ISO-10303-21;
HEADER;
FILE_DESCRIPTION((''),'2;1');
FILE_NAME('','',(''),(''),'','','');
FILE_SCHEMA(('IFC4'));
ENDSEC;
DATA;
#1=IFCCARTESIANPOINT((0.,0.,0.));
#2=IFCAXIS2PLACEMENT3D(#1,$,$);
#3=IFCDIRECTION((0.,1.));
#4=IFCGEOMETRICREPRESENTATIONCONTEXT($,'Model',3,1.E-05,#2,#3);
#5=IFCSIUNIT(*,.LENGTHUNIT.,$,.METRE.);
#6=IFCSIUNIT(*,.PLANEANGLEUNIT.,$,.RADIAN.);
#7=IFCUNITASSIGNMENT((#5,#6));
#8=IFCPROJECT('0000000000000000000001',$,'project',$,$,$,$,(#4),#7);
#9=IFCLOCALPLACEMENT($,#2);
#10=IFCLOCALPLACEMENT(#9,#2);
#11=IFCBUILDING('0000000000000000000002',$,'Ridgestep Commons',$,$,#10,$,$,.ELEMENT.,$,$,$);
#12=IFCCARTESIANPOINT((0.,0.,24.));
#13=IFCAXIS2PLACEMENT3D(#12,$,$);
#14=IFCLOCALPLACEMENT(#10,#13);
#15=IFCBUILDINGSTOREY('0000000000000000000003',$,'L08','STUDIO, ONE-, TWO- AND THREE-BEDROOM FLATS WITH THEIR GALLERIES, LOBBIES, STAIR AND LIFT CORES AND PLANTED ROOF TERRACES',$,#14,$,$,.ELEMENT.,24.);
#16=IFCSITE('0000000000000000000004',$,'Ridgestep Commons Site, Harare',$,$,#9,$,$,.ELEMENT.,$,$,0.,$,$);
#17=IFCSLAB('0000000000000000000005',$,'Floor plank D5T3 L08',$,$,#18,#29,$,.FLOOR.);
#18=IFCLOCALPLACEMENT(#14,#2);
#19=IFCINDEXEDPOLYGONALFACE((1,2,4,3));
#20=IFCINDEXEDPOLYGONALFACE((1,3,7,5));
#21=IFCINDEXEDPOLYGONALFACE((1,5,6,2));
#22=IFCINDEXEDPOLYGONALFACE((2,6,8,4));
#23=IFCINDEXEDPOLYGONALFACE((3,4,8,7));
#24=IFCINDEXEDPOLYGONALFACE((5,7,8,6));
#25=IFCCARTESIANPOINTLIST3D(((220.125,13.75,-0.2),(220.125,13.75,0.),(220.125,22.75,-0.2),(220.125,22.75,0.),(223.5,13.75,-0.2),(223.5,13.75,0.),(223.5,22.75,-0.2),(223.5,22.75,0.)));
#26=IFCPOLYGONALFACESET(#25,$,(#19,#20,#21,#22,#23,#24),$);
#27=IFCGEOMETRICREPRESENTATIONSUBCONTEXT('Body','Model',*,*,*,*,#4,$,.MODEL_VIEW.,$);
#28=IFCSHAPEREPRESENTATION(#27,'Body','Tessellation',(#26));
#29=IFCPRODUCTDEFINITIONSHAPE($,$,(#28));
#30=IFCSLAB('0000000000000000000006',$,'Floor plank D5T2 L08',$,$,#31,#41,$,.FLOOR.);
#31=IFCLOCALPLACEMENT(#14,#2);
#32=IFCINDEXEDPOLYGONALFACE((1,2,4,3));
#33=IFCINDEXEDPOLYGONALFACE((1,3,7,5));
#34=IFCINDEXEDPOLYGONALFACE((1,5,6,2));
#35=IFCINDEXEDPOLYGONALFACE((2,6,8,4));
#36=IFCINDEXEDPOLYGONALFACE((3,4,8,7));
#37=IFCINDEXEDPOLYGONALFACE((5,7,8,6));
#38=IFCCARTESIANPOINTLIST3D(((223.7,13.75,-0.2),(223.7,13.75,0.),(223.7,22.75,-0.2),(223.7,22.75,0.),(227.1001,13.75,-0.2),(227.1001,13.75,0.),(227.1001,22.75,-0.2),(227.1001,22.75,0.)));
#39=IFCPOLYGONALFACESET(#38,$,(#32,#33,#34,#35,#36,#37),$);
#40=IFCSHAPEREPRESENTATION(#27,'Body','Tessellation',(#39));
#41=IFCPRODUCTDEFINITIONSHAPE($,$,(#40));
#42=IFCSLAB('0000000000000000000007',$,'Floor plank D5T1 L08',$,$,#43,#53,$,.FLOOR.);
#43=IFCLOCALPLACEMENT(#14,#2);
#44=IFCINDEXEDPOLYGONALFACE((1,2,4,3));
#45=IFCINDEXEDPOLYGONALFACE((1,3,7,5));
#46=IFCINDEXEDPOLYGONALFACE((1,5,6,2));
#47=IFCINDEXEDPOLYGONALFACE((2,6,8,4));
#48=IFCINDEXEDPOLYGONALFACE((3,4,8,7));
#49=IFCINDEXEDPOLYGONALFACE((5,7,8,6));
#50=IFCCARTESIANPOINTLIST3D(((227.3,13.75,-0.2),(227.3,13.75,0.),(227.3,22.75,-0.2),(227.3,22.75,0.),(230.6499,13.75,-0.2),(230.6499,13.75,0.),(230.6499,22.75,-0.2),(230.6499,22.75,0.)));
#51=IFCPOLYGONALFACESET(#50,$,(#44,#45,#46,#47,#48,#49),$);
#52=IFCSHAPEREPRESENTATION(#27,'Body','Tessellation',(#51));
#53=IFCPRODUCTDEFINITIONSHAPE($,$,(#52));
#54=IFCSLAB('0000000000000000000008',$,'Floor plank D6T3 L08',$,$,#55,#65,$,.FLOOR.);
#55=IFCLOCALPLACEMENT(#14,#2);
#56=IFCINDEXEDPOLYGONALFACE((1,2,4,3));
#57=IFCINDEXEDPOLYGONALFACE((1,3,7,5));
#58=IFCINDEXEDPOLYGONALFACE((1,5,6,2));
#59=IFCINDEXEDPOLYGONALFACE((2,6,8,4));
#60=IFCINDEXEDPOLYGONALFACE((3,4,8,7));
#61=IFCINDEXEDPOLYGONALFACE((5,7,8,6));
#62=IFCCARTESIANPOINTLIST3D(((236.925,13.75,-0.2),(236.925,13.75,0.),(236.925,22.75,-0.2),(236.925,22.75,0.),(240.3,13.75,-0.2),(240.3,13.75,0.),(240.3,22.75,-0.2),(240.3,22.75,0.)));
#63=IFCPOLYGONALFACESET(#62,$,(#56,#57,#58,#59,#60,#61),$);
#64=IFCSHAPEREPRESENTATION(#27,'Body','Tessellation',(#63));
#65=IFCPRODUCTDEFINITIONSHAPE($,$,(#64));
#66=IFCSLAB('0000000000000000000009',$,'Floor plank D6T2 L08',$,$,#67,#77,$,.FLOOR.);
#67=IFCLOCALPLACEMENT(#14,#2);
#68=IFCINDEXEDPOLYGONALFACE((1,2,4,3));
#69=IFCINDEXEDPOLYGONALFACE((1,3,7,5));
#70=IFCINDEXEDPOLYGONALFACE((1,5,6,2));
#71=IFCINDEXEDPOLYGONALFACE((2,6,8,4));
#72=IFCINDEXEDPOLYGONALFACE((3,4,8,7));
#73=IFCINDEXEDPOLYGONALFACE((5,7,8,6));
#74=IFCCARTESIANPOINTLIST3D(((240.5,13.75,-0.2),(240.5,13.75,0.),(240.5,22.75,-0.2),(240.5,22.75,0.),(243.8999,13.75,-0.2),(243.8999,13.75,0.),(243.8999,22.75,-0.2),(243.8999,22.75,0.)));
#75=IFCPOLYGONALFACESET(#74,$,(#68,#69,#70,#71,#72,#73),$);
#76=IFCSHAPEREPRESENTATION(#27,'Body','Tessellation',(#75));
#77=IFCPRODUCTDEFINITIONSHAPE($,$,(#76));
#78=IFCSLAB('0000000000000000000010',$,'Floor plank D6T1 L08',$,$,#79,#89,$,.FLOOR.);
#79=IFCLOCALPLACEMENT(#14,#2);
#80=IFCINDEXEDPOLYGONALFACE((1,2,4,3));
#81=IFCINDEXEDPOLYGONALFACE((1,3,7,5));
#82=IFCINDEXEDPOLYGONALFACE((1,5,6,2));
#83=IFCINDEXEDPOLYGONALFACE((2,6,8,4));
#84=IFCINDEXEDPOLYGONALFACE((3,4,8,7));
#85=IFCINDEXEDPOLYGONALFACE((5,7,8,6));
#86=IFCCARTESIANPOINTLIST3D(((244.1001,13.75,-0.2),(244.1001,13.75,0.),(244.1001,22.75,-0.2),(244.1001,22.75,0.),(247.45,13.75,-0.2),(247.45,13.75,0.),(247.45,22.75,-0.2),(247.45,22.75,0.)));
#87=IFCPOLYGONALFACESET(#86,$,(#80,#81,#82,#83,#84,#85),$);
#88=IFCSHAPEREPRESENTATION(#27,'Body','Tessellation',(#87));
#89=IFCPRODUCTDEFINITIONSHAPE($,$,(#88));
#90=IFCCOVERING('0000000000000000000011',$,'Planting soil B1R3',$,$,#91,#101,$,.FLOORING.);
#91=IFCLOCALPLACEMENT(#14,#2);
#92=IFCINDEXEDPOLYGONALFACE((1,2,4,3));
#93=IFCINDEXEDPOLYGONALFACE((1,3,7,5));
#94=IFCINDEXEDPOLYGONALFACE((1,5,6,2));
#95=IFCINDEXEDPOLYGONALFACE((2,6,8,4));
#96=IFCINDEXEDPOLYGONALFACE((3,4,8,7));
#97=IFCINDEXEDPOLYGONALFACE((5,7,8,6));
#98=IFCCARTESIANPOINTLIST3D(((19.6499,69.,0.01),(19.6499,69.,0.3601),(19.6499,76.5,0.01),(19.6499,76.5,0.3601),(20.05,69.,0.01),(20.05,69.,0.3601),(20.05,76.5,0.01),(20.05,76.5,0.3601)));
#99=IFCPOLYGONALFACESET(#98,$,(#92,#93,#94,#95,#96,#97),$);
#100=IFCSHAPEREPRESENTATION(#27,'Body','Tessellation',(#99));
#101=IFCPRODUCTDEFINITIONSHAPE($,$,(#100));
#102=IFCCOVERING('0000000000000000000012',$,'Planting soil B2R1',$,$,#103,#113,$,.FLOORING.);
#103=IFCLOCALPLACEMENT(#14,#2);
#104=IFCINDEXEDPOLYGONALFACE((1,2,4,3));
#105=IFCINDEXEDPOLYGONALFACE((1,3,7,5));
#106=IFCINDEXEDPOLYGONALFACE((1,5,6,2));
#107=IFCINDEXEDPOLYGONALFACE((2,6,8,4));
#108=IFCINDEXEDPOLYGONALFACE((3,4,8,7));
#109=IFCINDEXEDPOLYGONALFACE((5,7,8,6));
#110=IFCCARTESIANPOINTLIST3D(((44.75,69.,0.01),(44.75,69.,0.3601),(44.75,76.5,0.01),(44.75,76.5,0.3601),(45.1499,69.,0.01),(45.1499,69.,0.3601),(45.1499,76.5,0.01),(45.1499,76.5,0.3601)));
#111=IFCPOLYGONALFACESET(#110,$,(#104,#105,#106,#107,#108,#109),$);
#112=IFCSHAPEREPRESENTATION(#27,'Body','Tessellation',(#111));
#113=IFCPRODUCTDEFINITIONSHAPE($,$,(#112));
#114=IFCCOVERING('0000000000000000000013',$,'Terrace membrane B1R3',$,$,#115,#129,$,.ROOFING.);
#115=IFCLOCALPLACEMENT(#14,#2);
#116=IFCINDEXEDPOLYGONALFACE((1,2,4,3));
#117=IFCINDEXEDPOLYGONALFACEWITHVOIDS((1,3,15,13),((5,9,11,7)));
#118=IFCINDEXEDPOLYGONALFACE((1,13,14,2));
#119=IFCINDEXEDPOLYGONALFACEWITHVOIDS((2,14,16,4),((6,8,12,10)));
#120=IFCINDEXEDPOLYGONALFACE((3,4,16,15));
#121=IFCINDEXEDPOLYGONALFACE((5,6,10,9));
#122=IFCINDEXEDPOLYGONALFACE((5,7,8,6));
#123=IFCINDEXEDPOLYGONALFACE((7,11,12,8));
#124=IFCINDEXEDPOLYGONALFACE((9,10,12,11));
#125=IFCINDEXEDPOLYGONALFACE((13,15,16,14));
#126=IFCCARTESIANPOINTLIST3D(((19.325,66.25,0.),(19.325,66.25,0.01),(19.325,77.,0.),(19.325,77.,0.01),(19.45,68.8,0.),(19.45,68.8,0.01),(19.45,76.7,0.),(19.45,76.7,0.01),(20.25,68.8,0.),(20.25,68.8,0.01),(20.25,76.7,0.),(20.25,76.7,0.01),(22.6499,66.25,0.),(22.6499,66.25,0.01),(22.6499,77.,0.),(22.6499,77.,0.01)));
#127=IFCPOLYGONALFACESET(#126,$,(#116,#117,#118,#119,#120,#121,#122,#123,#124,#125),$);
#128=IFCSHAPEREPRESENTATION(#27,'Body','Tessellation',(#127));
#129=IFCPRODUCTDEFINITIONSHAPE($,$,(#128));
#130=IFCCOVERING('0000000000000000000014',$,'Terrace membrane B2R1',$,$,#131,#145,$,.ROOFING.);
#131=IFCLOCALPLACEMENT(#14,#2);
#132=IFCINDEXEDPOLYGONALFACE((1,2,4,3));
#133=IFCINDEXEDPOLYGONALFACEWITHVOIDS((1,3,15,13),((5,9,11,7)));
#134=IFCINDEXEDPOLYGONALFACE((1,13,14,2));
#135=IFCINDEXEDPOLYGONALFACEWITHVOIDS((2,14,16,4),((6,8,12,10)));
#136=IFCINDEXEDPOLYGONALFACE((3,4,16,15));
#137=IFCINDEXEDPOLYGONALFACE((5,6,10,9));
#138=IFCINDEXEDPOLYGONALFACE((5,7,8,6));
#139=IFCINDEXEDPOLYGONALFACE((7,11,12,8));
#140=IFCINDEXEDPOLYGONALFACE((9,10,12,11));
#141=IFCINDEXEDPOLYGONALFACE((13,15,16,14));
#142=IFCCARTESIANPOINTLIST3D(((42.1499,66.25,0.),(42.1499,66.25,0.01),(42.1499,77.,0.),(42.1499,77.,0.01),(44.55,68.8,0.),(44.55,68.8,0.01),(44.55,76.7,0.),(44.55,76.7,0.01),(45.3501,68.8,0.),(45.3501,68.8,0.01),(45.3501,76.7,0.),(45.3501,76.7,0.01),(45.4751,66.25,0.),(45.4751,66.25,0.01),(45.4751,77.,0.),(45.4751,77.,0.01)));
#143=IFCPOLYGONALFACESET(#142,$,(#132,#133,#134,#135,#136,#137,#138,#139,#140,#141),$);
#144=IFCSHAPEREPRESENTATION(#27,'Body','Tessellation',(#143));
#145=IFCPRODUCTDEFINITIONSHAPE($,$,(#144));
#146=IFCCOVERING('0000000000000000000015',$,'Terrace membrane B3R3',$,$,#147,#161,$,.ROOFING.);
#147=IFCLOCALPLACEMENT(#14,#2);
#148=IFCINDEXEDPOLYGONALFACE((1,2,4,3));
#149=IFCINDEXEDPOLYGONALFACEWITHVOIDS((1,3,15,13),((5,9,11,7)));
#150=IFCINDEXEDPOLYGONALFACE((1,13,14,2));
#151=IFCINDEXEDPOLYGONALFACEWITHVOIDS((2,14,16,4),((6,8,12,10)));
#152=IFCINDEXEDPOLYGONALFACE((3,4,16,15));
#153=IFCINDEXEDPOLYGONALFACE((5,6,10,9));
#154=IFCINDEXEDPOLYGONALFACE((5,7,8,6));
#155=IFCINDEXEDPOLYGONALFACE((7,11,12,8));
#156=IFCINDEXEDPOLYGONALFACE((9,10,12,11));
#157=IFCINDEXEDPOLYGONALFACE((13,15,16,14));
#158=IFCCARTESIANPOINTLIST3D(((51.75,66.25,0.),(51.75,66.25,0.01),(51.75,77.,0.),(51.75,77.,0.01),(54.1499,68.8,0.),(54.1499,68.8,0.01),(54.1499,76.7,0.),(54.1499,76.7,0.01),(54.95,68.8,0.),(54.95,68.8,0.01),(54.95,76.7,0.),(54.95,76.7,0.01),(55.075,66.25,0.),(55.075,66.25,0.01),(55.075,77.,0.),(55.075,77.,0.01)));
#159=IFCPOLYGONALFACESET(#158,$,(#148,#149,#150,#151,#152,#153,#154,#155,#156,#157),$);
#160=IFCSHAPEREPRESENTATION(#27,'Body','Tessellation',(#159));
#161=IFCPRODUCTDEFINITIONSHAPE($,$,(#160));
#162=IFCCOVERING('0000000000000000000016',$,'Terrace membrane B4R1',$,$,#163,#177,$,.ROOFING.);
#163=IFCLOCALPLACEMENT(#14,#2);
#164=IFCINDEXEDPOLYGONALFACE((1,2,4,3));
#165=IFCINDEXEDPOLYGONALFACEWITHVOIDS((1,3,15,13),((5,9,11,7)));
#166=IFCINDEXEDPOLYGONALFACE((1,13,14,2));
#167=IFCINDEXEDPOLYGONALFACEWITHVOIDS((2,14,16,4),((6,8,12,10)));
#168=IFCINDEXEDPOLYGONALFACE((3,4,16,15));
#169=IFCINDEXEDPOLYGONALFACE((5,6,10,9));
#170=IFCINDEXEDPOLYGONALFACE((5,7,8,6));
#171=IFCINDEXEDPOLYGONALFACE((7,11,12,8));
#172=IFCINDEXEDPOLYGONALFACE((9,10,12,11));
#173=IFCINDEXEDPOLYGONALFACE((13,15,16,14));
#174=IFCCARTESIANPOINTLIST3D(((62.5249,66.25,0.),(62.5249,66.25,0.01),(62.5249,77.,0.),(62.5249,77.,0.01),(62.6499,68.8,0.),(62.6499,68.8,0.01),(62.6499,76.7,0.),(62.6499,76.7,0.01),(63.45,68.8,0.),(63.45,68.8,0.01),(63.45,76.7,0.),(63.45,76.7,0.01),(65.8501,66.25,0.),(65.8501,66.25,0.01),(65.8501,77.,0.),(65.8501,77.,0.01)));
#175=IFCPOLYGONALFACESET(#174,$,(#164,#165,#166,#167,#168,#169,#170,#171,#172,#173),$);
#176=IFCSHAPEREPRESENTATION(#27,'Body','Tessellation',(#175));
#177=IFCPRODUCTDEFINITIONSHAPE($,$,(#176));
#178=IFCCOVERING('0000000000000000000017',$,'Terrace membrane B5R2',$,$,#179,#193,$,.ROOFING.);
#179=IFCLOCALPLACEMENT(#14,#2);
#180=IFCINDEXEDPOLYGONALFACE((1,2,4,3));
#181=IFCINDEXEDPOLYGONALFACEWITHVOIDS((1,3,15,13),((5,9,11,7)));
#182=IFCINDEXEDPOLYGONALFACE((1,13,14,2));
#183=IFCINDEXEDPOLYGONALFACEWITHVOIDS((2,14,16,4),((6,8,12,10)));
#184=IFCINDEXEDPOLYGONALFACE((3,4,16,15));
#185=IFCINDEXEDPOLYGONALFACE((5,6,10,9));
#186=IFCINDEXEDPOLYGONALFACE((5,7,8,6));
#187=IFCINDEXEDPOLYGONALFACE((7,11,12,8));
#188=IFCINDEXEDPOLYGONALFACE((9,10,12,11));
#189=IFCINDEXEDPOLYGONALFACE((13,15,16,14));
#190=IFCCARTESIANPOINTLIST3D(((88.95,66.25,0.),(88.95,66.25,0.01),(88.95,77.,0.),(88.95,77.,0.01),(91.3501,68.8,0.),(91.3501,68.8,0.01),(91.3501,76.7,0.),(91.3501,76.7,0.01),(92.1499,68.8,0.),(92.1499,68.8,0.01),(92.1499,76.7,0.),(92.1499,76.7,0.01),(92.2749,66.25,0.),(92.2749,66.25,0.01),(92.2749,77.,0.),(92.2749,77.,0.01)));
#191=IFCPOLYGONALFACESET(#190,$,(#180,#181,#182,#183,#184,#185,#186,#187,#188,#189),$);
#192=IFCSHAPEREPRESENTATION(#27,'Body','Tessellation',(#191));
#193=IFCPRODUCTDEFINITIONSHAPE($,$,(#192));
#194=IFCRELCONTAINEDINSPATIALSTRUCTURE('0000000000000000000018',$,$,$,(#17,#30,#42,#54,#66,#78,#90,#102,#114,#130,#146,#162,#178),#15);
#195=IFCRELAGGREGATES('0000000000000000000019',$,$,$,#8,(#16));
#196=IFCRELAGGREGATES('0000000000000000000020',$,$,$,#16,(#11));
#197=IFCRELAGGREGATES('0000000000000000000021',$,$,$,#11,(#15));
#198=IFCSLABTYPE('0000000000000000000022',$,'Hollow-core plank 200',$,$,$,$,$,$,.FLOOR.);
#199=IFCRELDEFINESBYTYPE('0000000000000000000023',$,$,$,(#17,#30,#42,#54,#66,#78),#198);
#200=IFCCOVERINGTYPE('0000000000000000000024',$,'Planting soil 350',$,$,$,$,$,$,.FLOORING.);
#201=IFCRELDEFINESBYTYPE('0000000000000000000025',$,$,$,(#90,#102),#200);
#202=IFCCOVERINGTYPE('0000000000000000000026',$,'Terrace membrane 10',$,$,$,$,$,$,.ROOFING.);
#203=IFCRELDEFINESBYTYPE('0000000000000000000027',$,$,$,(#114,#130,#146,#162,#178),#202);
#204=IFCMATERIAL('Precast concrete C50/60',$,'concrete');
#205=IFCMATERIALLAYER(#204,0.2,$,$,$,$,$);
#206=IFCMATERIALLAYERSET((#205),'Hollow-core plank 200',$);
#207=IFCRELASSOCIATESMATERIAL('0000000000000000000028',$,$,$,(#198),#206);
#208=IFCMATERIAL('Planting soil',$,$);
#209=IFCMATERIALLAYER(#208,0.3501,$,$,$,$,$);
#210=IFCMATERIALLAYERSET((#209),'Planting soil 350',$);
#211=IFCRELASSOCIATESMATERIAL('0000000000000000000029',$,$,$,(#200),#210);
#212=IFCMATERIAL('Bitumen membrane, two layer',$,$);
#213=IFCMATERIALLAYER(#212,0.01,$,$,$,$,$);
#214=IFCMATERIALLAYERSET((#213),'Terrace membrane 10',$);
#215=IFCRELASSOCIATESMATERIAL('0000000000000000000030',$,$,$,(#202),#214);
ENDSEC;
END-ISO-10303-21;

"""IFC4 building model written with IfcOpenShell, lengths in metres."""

from ifc_helpers import new_model, si_unit, direction, frame, origin, place, context, subcontext, project, spatial, polyline, outline, extrude, material, layer, layer_set, type_object, element, save


model = new_model("IFC4")

# Units and contexts
model_context = context("Model", 3, precision=1e-05, world=origin(), true_north=direction((0.0, 1.0)))
body_context = subcontext(model_context, "Body", "Model", "MODEL_VIEW")
ifc_project = project(units=[si_unit("LENGTHUNIT", "METRE"), si_unit("PLANEANGLEUNIT", "RADIAN")], contexts=[model_context])

# Site, building, storey
site_placement = place(None, origin())
site = spatial("IfcSite", under=ifc_project, at=site_placement, Name="Ridgestep Commons Site, Harare", CompositionType="ELEMENT", RefElevation=0.0)
building_placement = place(site_placement, origin())
building = spatial("IfcBuilding", under=site, at=building_placement, Name="Ridgestep Commons", CompositionType="ELEMENT")
storey_placement = place(building_placement, frame((0.0, 0.0, 24.0)))
storey = spatial("IfcBuildingStorey", under=building, at=storey_placement, Name="L08", Description="STUDIO, ONE-, TWO- AND THREE-BEDROOM FLATS WITH THEIR GALLERIES, LOBBIES, STAIR AND LIFT CORES AND PLANTED ROOF TERRACES", CompositionType="ELEMENT", Elevation=24.0)

# Slabs
ifc_material_1 = material(Name="Precast concrete C50/60", Category="concrete")
ifc_layer_1 = layer(ifc_material_1, 0.2)
ifc_layer_set_1 = layer_set([ifc_layer_1], Name="Hollow-core plank 200")
slab_type_1 = type_object("IfcSlabType", Name="Hollow-core plank 200", PredefinedType="FLOOR", material=ifc_layer_set_1)
slab_1_placement = place(storey_placement, frame((0.0, 0.0, -0.2)))
element("IfcSlab", 1, at=slab_1_placement, inside=storey, type_object=slab_type_1, Name="Floor plank D5T3 L08", PredefinedType="FLOOR", context=body_context, shape_type="SweptSolid", body=[
    extrude(outline(polyline([(223.5, 13.75), (223.5, 22.75), (220.125, 22.75), (220.125, 13.75), (223.5, 13.75)])), origin(), (0.0, 0.0, 1.0), 0.2),
])
slab_2_placement = place(storey_placement, frame((0.0, 0.0, -0.2)))
element("IfcSlab", 2, at=slab_2_placement, inside=storey, type_object=slab_type_1, Name="Floor plank D5T2 L08", PredefinedType="FLOOR", context=body_context, shape_type="SweptSolid", body=[
    extrude(outline(polyline([(227.1001, 13.75), (227.1001, 22.75), (223.7, 22.75), (223.7, 13.75), (227.1001, 13.75)])), origin(), (0.0, 0.0, 1.0), 0.2),
])
slab_3_placement = place(storey_placement, frame((0.0, 0.0, -0.2)))
element("IfcSlab", 3, at=slab_3_placement, inside=storey, type_object=slab_type_1, Name="Floor plank D5T1 L08", PredefinedType="FLOOR", context=body_context, shape_type="SweptSolid", body=[
    extrude(outline(polyline([(230.6499, 13.75), (230.6499, 22.75), (227.3, 22.75), (227.3, 13.75), (230.6499, 13.75)])), origin(), (0.0, 0.0, 1.0), 0.2),
])
slab_4_placement = place(storey_placement, frame((0.0, 0.0, -0.2)))
element("IfcSlab", 4, at=slab_4_placement, inside=storey, type_object=slab_type_1, Name="Floor plank D6T3 L08", PredefinedType="FLOOR", context=body_context, shape_type="SweptSolid", body=[
    extrude(outline(polyline([(240.3, 13.75), (240.3, 22.75), (236.925, 22.75), (236.925, 13.75), (240.3, 13.75)])), origin(), (0.0, 0.0, 1.0), 0.2),
])
slab_5_placement = place(storey_placement, frame((0.0, 0.0, -0.2)))
element("IfcSlab", 5, at=slab_5_placement, inside=storey, type_object=slab_type_1, Name="Floor plank D6T2 L08", PredefinedType="FLOOR", context=body_context, shape_type="SweptSolid", body=[
    extrude(outline(polyline([(243.8999, 13.75), (243.8999, 22.75), (240.5, 22.75), (240.5, 13.75), (243.8999, 13.75)])), origin(), (0.0, 0.0, 1.0), 0.2),
])
slab_6_placement = place(storey_placement, frame((0.0, 0.0, -0.2)))
element("IfcSlab", 6, at=slab_6_placement, inside=storey, type_object=slab_type_1, Name="Floor plank D6T1 L08", PredefinedType="FLOOR", context=body_context, shape_type="SweptSolid", body=[
    extrude(outline(polyline([(247.45, 13.75), (247.45, 22.75), (244.1001, 22.75), (244.1001, 13.75), (247.45, 13.75)])), origin(), (0.0, 0.0, 1.0), 0.2),
])

# Coverings
ifc_material_2 = material(Name="Planting soil")
ifc_layer_2 = layer(ifc_material_2, 0.3501)
ifc_layer_set_2 = layer_set([ifc_layer_2], Name="Planting soil 350")
covering_type_1 = type_object("IfcCoveringType", Name="Planting soil 350", PredefinedType="FLOORING", material=ifc_layer_set_2)
covering_1_placement = place(storey_placement, frame((0.0, 0.0, 0.01)))
element("IfcCovering", 7, at=covering_1_placement, inside=storey, type_object=covering_type_1, Name="Planting soil B1R3", PredefinedType="FLOORING", context=body_context, shape_type="SweptSolid", body=[
    extrude(outline(polyline([(19.6499, 69.0), (20.05, 69.0), (20.05, 76.5), (19.6499, 76.5), (19.6499, 69.0)])), origin(), (0.0, 0.0, 1.0), 0.3501),
])
covering_2_placement = place(storey_placement, frame((0.0, 0.0, 0.01)))
element("IfcCovering", 8, at=covering_2_placement, inside=storey, type_object=covering_type_1, Name="Planting soil B2R1", PredefinedType="FLOORING", context=body_context, shape_type="SweptSolid", body=[
    extrude(outline(polyline([(44.75, 69.0), (45.1499, 69.0), (45.1499, 76.5), (44.75, 76.5), (44.75, 69.0)])), origin(), (0.0, 0.0, 1.0), 0.3501),
])
ifc_material_3 = material(Name="Bitumen membrane, two layer")
ifc_layer_3 = layer(ifc_material_3, 0.01)
ifc_layer_set_3 = layer_set([ifc_layer_3], Name="Terrace membrane 10")
covering_type_2 = type_object("IfcCoveringType", Name="Terrace membrane 10", PredefinedType="ROOFING", material=ifc_layer_set_3)
covering_3_placement = place(storey_placement, origin())
element("IfcCovering", 9, at=covering_3_placement, inside=storey, type_object=covering_type_2, Name="Terrace membrane B1R3", PredefinedType="ROOFING", context=body_context, shape_type="SweptSolid", body=[
    extrude(outline(polyline([(22.6499, 66.25), (22.6499, 77.0), (19.325, 77.0), (19.325, 66.25), (22.6499, 66.25)]), holes=[polyline([(20.25, 68.8), (20.25, 76.7), (19.45, 76.7), (19.45, 68.8), (20.25, 68.8)])]), origin(), (0.0, 0.0, 1.0), 0.01),
])
covering_4_placement = place(storey_placement, origin())
element("IfcCovering", 10, at=covering_4_placement, inside=storey, type_object=covering_type_2, Name="Terrace membrane B2R1", PredefinedType="ROOFING", context=body_context, shape_type="SweptSolid", body=[
    extrude(outline(polyline([(45.4751, 66.25), (45.4751, 77.0), (42.1499, 77.0), (42.1499, 66.25), (45.4751, 66.25)]), holes=[polyline([(45.3501, 68.8), (45.3501, 76.7), (44.55, 76.7), (44.55, 68.8), (45.3501, 68.8)])]), origin(), (0.0, 0.0, 1.0), 0.01),
])
covering_5_placement = place(storey_placement, origin())
element("IfcCovering", 11, at=covering_5_placement, inside=storey, type_object=covering_type_2, Name="Terrace membrane B3R3", PredefinedType="ROOFING", context=body_context, shape_type="SweptSolid", body=[
    extrude(outline(polyline([(55.075, 66.25), (55.075, 77.0), (51.75, 77.0), (51.75, 66.25), (55.075, 66.25)]), holes=[polyline([(54.95, 68.8), (54.95, 76.7), (54.1499, 76.7), (54.1499, 68.8), (54.95, 68.8)])]), origin(), (0.0, 0.0, 1.0), 0.01),
])
covering_6_placement = place(storey_placement, origin())
element("IfcCovering", 12, at=covering_6_placement, inside=storey, type_object=covering_type_2, Name="Terrace membrane B4R1", PredefinedType="ROOFING", context=body_context, shape_type="SweptSolid", body=[
    extrude(outline(polyline([(65.8501, 66.25), (65.8501, 77.0), (62.5249, 77.0), (62.5249, 66.25), (65.8501, 66.25)]), holes=[polyline([(63.45, 68.8), (63.45, 76.7), (62.6499, 76.7), (62.6499, 68.8), (63.45, 68.8)])]), origin(), (0.0, 0.0, 1.0), 0.01),
])
covering_7_placement = place(storey_placement, origin())
element("IfcCovering", 13, at=covering_7_placement, inside=storey, type_object=covering_type_2, Name="Terrace membrane B5R2", PredefinedType="ROOFING", context=body_context, shape_type="SweptSolid", body=[
    extrude(outline(polyline([(92.2749, 66.25), (92.2749, 77.0), (88.95, 77.0), (88.95, 66.25), (92.2749, 66.25)]), holes=[polyline([(92.1499, 68.8), (92.1499, 76.7), (91.3501, 76.7), (91.3501, 68.8), (92.1499, 68.8)])]), origin(), (0.0, 0.0, 1.0), 0.01),
])

save(model, "model.ifc")
